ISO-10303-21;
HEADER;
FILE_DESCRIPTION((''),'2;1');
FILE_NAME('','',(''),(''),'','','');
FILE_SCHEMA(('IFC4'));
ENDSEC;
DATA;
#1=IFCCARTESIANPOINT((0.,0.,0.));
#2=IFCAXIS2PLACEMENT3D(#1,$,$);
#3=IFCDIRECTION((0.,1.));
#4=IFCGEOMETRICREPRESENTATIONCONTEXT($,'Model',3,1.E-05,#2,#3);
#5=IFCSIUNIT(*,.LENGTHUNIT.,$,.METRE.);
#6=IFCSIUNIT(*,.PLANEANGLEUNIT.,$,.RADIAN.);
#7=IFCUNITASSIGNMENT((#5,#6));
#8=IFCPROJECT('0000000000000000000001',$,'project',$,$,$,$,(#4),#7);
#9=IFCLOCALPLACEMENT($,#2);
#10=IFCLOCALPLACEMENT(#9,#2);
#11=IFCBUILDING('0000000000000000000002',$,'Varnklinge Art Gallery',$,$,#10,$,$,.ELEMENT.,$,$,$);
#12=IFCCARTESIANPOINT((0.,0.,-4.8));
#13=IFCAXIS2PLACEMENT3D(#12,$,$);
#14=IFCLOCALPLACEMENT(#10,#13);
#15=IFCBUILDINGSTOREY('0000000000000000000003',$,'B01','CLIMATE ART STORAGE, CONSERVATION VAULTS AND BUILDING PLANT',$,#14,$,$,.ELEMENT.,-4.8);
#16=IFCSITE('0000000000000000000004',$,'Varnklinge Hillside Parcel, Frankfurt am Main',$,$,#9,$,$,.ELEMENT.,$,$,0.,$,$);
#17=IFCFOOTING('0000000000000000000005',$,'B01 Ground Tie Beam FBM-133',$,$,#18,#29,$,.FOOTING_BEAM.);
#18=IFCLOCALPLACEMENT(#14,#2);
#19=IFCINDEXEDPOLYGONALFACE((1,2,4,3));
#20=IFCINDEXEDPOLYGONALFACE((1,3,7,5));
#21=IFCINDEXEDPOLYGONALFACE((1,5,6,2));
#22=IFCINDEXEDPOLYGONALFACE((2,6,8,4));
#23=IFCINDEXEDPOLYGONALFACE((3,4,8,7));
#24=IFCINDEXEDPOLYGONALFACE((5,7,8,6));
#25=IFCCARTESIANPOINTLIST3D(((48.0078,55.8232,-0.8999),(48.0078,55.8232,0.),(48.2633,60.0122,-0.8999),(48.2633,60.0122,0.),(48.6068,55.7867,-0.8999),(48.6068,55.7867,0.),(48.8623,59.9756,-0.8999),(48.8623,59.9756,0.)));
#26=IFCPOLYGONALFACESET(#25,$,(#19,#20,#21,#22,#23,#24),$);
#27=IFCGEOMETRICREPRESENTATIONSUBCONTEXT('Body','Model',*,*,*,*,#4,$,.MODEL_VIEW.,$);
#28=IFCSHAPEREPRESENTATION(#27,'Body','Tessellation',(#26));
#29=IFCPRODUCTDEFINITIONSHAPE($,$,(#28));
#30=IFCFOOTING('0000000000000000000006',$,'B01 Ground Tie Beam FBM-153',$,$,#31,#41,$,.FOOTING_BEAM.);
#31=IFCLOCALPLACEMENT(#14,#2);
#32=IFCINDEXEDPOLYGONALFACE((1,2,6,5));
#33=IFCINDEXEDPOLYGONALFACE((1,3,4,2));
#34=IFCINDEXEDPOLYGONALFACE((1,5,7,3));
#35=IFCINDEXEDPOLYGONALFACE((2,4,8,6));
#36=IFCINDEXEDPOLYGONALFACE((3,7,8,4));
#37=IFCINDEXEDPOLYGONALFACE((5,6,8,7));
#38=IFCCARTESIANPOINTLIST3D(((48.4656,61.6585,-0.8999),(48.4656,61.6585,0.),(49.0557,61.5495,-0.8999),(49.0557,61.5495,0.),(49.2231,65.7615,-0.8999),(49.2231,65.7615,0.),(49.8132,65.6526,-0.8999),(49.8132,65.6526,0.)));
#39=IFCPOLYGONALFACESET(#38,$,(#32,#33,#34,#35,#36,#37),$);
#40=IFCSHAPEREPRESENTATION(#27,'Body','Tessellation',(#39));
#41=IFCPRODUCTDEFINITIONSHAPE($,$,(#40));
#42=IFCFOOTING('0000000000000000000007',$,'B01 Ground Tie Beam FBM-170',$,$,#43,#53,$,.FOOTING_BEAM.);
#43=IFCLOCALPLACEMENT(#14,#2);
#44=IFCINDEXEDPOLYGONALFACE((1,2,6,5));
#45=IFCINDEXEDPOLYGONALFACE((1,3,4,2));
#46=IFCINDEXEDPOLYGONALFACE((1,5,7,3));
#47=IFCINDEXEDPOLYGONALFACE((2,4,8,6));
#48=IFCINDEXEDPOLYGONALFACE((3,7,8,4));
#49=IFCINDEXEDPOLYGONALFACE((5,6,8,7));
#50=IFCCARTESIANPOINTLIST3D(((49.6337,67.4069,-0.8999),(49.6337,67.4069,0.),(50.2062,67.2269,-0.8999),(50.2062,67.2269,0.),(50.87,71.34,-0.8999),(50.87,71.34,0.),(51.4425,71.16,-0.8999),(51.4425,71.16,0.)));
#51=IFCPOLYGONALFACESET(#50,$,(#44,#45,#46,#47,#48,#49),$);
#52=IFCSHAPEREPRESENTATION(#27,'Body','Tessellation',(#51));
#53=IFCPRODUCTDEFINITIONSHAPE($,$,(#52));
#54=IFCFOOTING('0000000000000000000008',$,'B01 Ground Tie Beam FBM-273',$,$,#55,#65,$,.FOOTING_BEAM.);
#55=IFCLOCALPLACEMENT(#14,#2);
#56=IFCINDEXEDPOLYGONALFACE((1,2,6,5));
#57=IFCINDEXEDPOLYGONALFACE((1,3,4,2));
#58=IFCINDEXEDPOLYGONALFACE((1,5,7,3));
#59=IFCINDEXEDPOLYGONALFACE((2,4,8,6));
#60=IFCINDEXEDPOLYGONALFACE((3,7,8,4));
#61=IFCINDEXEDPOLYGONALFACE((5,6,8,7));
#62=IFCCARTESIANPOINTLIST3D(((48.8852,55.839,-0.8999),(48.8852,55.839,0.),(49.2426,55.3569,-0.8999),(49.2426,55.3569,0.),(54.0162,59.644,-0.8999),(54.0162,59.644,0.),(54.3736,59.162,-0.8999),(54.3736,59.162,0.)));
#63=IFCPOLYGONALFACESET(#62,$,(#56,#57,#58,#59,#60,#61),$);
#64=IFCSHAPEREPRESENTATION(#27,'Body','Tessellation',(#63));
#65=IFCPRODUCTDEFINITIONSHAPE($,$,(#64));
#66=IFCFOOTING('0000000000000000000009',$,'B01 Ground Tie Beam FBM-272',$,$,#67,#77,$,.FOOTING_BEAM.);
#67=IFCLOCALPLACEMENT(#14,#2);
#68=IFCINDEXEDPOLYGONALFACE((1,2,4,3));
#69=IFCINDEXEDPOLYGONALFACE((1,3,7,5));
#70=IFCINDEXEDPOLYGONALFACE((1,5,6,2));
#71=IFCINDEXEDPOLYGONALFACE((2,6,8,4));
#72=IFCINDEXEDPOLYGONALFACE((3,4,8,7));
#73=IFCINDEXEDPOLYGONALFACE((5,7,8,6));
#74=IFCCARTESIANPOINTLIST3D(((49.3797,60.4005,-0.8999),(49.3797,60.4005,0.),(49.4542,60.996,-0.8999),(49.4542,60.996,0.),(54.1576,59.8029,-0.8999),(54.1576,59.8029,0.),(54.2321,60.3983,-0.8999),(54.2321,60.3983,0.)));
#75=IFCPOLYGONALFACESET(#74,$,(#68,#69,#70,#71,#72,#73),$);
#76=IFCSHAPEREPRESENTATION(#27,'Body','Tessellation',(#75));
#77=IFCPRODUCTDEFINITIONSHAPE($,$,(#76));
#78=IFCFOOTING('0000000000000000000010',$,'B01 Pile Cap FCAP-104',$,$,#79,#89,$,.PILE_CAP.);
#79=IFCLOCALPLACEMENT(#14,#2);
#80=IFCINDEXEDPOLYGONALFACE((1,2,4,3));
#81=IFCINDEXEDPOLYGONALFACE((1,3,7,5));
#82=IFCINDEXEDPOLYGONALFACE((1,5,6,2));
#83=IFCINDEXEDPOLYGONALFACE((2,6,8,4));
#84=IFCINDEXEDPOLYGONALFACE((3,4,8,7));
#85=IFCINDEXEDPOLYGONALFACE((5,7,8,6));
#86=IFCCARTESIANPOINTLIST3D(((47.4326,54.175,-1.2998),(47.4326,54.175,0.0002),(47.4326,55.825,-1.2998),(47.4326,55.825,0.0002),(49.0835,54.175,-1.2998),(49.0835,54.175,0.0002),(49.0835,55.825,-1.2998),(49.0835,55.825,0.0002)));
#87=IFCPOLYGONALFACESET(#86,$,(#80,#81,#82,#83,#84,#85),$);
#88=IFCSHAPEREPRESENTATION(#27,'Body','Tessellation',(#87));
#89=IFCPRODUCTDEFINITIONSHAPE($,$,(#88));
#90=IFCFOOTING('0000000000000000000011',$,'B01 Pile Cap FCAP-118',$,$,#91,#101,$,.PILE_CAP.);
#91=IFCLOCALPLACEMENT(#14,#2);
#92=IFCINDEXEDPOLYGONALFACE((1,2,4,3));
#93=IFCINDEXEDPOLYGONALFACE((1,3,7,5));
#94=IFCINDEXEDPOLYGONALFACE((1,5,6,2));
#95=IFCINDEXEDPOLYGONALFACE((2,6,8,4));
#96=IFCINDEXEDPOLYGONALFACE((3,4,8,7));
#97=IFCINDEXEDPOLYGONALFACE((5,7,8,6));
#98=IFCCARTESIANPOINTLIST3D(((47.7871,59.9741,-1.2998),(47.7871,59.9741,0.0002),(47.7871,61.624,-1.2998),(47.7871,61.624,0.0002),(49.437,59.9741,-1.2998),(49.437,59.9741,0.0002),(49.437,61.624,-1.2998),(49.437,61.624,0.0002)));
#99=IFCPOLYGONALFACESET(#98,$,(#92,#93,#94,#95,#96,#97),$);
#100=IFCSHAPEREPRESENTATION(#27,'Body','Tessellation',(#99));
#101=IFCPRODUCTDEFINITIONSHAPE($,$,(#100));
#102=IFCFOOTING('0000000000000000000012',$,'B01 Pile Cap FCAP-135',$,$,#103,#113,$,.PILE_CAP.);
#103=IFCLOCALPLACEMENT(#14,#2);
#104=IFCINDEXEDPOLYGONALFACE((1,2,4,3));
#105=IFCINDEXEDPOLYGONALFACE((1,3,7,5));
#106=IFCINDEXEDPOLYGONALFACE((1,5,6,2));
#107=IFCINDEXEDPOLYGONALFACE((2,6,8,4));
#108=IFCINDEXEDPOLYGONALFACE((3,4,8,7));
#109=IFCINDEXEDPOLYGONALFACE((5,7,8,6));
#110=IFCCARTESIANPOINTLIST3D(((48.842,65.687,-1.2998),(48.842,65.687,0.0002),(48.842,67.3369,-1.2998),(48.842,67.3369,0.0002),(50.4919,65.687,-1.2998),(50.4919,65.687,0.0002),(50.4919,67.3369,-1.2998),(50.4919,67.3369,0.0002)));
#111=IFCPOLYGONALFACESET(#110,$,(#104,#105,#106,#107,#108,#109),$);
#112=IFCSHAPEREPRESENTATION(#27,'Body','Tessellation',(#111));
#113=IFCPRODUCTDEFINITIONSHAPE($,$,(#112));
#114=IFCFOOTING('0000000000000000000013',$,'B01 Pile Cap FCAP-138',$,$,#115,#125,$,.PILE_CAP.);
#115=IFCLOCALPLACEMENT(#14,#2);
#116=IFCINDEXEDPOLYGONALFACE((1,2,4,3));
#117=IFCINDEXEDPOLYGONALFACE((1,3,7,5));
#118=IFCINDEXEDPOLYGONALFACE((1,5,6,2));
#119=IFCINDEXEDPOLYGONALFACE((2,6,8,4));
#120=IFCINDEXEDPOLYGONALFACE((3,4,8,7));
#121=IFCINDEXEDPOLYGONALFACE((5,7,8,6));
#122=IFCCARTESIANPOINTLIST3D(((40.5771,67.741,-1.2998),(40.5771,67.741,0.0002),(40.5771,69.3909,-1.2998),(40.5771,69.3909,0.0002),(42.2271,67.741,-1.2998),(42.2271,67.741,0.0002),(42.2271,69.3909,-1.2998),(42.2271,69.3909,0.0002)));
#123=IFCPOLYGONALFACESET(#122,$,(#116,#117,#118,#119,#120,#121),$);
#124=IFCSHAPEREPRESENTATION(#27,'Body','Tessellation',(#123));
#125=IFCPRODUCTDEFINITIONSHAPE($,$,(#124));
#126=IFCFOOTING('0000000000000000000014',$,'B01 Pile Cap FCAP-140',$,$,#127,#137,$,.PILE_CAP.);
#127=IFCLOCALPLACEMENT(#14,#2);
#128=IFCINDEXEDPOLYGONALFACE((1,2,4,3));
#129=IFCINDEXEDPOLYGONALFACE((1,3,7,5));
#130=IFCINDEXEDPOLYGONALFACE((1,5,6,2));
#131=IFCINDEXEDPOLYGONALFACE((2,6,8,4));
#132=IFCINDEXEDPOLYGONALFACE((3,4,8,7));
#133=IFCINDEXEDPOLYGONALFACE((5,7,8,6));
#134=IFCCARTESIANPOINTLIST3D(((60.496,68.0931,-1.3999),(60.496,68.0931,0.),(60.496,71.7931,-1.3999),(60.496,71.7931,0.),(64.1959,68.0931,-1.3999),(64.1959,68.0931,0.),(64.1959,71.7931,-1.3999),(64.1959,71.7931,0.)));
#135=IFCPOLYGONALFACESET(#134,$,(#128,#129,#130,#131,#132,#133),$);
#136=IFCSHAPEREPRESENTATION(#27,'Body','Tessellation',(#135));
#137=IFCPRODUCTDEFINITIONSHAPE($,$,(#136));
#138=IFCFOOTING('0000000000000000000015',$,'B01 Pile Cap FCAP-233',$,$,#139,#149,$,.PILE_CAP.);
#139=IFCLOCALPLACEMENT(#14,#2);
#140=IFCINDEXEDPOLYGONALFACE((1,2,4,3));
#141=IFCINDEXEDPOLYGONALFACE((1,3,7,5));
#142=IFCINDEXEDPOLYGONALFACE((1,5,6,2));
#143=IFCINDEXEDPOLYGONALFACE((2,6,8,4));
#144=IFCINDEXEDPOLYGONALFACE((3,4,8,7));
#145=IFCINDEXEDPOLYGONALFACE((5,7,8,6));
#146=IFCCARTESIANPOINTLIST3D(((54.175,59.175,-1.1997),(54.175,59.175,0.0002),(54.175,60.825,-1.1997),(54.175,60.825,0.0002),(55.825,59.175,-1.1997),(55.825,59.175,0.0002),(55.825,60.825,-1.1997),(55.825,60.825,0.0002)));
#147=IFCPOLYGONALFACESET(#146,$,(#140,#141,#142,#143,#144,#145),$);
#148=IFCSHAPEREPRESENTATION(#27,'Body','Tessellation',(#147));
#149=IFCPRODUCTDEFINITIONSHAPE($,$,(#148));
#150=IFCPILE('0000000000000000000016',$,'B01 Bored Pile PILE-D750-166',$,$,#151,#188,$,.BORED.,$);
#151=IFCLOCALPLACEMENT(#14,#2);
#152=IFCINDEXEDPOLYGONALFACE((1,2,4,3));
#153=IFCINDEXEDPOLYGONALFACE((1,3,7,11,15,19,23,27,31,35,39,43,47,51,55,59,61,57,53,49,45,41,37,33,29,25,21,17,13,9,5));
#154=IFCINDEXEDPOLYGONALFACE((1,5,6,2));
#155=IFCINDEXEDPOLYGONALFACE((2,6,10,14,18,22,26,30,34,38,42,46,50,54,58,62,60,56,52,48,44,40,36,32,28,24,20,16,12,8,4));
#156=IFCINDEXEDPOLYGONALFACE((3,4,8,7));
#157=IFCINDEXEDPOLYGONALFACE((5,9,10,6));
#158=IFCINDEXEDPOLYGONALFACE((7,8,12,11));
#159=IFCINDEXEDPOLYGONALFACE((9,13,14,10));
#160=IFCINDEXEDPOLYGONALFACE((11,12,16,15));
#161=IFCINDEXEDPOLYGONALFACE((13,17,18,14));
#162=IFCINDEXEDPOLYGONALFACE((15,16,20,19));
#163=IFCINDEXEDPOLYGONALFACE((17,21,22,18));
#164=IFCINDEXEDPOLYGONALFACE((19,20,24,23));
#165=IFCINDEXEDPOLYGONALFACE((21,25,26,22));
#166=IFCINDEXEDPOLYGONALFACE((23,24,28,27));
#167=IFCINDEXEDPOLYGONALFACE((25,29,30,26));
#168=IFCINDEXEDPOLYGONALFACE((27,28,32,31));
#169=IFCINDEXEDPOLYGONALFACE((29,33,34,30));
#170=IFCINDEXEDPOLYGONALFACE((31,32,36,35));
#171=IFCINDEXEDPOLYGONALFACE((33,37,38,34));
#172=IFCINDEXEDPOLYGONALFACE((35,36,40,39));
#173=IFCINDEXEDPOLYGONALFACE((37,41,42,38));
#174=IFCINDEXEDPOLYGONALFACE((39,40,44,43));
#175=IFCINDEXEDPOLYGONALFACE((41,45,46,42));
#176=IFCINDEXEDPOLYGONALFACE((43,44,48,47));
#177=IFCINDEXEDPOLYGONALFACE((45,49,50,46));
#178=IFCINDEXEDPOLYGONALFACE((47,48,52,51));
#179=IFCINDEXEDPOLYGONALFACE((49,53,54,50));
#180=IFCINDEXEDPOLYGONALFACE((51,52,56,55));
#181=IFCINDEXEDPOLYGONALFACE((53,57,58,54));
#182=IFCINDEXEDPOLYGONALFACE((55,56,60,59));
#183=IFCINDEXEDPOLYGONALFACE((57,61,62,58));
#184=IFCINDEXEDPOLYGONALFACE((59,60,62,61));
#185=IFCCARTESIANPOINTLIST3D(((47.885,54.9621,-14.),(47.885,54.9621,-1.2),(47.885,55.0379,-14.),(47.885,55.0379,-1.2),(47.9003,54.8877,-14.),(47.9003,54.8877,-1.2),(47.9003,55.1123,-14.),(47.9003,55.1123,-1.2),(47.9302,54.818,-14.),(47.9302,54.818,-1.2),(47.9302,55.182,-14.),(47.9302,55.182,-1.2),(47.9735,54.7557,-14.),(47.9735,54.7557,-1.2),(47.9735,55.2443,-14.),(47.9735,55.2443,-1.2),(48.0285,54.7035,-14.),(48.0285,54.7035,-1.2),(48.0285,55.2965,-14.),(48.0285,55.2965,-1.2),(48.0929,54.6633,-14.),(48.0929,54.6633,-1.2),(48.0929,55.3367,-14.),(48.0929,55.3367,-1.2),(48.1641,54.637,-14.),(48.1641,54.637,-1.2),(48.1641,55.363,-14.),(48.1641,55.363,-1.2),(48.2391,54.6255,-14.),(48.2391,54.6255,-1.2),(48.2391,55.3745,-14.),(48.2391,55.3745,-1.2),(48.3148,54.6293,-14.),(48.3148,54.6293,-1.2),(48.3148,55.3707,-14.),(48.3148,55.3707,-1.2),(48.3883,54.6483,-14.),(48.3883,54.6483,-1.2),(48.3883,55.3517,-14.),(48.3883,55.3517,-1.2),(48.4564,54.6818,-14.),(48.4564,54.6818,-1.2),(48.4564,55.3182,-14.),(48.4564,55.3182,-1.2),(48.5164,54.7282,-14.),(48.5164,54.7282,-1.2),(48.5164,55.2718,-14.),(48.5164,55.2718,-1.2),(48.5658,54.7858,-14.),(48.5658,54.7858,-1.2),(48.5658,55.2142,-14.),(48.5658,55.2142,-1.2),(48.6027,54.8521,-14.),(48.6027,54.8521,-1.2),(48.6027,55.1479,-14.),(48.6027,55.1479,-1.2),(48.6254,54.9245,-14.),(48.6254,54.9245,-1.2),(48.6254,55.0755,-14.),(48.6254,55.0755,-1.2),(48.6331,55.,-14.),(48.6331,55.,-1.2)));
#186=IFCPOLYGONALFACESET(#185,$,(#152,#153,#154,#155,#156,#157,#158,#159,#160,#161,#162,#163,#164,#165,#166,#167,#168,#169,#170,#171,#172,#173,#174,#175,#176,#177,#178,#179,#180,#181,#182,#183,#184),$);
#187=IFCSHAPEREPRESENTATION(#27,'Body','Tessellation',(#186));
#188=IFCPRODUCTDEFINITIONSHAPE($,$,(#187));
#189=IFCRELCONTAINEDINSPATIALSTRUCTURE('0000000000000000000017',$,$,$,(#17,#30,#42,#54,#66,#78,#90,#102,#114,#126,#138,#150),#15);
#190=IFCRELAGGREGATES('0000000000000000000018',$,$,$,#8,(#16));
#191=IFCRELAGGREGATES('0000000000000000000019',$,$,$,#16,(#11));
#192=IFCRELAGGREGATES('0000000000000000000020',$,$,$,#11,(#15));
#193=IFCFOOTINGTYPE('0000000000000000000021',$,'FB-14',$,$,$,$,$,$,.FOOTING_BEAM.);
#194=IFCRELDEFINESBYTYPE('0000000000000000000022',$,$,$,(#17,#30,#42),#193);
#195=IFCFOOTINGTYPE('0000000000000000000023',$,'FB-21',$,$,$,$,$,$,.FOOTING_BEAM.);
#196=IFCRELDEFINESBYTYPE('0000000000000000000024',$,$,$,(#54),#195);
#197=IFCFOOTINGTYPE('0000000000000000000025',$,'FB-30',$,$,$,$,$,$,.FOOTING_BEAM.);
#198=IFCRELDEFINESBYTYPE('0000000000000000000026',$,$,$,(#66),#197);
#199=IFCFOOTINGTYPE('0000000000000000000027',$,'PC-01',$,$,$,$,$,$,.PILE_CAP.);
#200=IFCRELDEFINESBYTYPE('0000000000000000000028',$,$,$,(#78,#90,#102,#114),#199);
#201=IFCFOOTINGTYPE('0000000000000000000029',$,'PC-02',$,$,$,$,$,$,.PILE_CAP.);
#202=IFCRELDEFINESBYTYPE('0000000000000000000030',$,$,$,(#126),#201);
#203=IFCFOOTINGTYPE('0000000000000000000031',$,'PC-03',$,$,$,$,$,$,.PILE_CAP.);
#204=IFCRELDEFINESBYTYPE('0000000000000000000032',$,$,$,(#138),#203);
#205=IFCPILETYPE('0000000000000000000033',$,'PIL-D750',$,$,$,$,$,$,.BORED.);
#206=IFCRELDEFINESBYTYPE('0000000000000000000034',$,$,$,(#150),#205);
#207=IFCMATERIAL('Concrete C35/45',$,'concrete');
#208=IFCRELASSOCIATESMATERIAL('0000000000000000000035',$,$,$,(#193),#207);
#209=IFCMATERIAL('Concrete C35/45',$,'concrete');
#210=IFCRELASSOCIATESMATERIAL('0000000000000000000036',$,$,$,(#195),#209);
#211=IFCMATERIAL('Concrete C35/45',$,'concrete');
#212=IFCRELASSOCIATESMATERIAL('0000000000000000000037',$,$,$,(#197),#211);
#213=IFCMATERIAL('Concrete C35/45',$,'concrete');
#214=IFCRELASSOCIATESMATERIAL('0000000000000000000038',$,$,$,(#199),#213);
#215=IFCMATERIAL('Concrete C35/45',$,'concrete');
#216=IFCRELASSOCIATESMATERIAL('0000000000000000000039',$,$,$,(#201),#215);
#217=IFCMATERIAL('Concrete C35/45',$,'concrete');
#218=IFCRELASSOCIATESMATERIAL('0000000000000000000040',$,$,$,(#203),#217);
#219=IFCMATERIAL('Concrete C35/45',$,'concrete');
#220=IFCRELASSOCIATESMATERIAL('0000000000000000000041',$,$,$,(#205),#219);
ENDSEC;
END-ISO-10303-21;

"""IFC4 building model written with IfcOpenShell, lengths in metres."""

from ifc_helpers import new_model, si_unit, direction, frame, origin, origin_2d, place, context, subcontext, project, spatial, rectangle, circle, extrude, material, material_profile, profile_set, type_object, element, save


model = new_model("IFC4")

# Units and contexts
model_context = context("Model", 3, precision=1e-05, world=origin(), true_north=direction((0.0, 1.0)))
body_context = subcontext(model_context, "Body", "Model", "MODEL_VIEW")
ifc_project = project(units=[si_unit("LENGTHUNIT", "METRE"), si_unit("PLANEANGLEUNIT", "RADIAN")], contexts=[model_context])

# Site, building, storey
site_placement = place(None, origin())
site = spatial("IfcSite", under=ifc_project, at=site_placement, Name="Varnklinge Hillside Parcel, Frankfurt am Main", CompositionType="ELEMENT", RefElevation=0.0)
building_placement = place(site_placement, origin())
building = spatial("IfcBuilding", under=site, at=building_placement, Name="Varnklinge Art Gallery", CompositionType="ELEMENT")
storey_placement = place(building_placement, frame((0.0, 0.0, -4.8)))
storey = spatial("IfcBuildingStorey", under=building, at=storey_placement, Name="B01", Description="CLIMATE ART STORAGE, CONSERVATION VAULTS AND BUILDING PLANT", CompositionType="ELEMENT", Elevation=-4.8)

# Footings
ifc_material_1 = material(Name="Concrete C35/45", Category="concrete")
footing_type_1 = type_object("IfcFootingType", Name="FB-14", PredefinedType="FOOTING_BEAM", material=ifc_material_1)
footing_1_placement = place(storey_placement, frame((48.4351, 57.8994, -0.8999), z_axis=(0.0, 0.0, 1.0), x_axis=(0.060874, 0.998145, 0.0)))
element("IfcFooting", 1, at=footing_1_placement, inside=storey, type_object=footing_type_1, Name="B01 Ground Tie Beam FBM-133", PredefinedType="FOOTING_BEAM", context=body_context, shape_type="SweptSolid", body=[
    extrude(rectangle(XDim=4.1968, YDim=0.6001, at=origin_2d()), origin(), (0.0, 0.0, 1.0), 0.8999),
])
footing_2_placement = place(storey_placement, frame((49.1394, 63.6555, -0.8999), z_axis=(0.0, 0.0, 1.0), x_axis=(0.181549, 0.983382, 0.0)))
element("IfcFooting", 2, at=footing_2_placement, inside=storey, type_object=footing_type_1, Name="B01 Ground Tie Beam FBM-153", PredefinedType="FOOTING_BEAM", context=body_context, shape_type="SweptSolid", body=[
    extrude(rectangle(XDim=4.1724, YDim=0.6001, at=origin_2d()), origin(), (0.0, 0.0, 1.0), 0.8999),
])
footing_3_placement = place(storey_placement, frame((50.5381, 69.2834, -0.8999), z_axis=(0.0, 0.0, 1.0), x_axis=(0.299873, 0.953979, 0.0)))
element("IfcFooting", 3, at=footing_3_placement, inside=storey, type_object=footing_type_1, Name="B01 Ground Tie Beam FBM-170", PredefinedType="FOOTING_BEAM", context=body_context, shape_type="SweptSolid", body=[
    extrude(rectangle(XDim=4.1228, YDim=0.6001, at=origin_2d()), origin(), (0.0, 0.0, 1.0), 0.8999),
])
ifc_material_2 = material(Name="Concrete C35/45", Category="concrete")
footing_type_2 = type_object("IfcFootingType", Name="FB-21", PredefinedType="FOOTING_BEAM", material=ifc_material_2)
footing_4_placement = place(storey_placement, frame((51.6294, 57.5005, -0.8999), z_axis=(0.0, 0.0, 1.0), x_axis=(-0.803234, -0.595664, 0.0)))
element("IfcFooting", 4, at=footing_4_placement, inside=storey, type_object=footing_type_2, Name="B01 Ground Tie Beam FBM-273", PredefinedType="FOOTING_BEAM", context=body_context, shape_type="SweptSolid", body=[
    extrude(rectangle(XDim=6.3879, YDim=0.6001, at=origin_2d()), origin(), (0.0, 0.0, 1.0), 0.8999),
])
ifc_material_3 = material(Name="Concrete C35/45", Category="concrete")
footing_type_3 = type_object("IfcFootingType", Name="FB-30", PredefinedType="FOOTING_BEAM", material=ifc_material_3)
footing_5_placement = place(storey_placement, frame((51.8059, 60.3994, -0.8999), z_axis=(0.0, 0.0, 1.0), x_axis=(-0.992267, 0.124121, 0.0)))
element("IfcFooting", 5, at=footing_5_placement, inside=storey, type_object=footing_type_3, Name="B01 Ground Tie Beam FBM-272", PredefinedType="FOOTING_BEAM", context=body_context, shape_type="SweptSolid", body=[
    extrude(rectangle(XDim=4.8152, YDim=0.6001, at=origin_2d()), origin(), (0.0, 0.0, 1.0), 0.8999),
])
ifc_material_4 = material(Name="Concrete C35/45", Category="concrete")
footing_type_4 = type_object("IfcFootingType", Name="PC-01", PredefinedType="PILE_CAP", material=ifc_material_4)
footing_6_placement = place(storey_placement, frame((48.2581, 55.0, -1.2998), z_axis=(0.0, 0.0, 1.0), x_axis=(1.0, 0.0, 0.0)))
element("IfcFooting", 6, at=footing_6_placement, inside=storey, type_object=footing_type_4, Name="B01 Pile Cap FCAP-104", PredefinedType="PILE_CAP", context=body_context, shape_type="SweptSolid", body=[
    extrude(rectangle(XDim=1.6509, YDim=1.6499, at=origin_2d()), origin(), (0.0, 0.0, 1.0), 1.3),
])
for number, where, z_axis, x_axis, name in (
    (7, (48.6121, 60.7991, -1.2998), (0.0, 0.0, 1.0), (1.0, 0.0, 0.0), "B01 Pile Cap FCAP-118"),
    (8, (49.667, 66.512, -1.2998), (0.0, 0.0, 1.0), (1.0, 0.0, 0.0), "B01 Pile Cap FCAP-135"),
    (9, (41.4021, 68.5659, -1.2998), (0.0, 0.0, 1.0), (1.0, 0.0, 0.0), "B01 Pile Cap FCAP-138"),
):
    element("IfcFooting", number, at=place(storey_placement, frame(where, z_axis=z_axis, x_axis=x_axis)), inside=storey, type_object=footing_type_4, Name=name, PredefinedType="PILE_CAP", context=body_context, shape_type="SweptSolid", body=[
        extrude(rectangle(XDim=1.6499, YDim=1.6499, at=origin_2d()), origin(), (0.0, 0.0, 1.0), 1.3),
    ])
ifc_material_5 = material(Name="Concrete C35/45", Category="concrete")
footing_type_5 = type_object("IfcFootingType", Name="PC-02", PredefinedType="PILE_CAP", material=ifc_material_5)
footing_7_placement = place(storey_placement, frame((62.3459, 69.9431, -1.3999), z_axis=(0.0, 0.0, 1.0), x_axis=(1.0, 0.0, 0.0)))
element("IfcFooting", 10, at=footing_7_placement, inside=storey, type_object=footing_type_5, Name="B01 Pile Cap FCAP-140", PredefinedType="PILE_CAP", context=body_context, shape_type="SweptSolid", body=[
    extrude(rectangle(XDim=3.7, YDim=3.7, at=origin_2d()), origin(), (0.0, 0.0, 1.0), 1.3999),
])
ifc_material_6 = material(Name="Concrete C35/45", Category="concrete")
footing_type_6 = type_object("IfcFootingType", Name="PC-03", PredefinedType="PILE_CAP", material=ifc_material_6)
footing_8_placement = place(storey_placement, frame((55.0, 60.0, -1.1997), z_axis=(0.0, 0.0, 1.0), x_axis=(1.0, 0.0, 0.0)))
element("IfcFooting", 11, at=footing_8_placement, inside=storey, type_object=footing_type_6, Name="B01 Pile Cap FCAP-233", PredefinedType="PILE_CAP", context=body_context, shape_type="SweptSolid", body=[
    extrude(rectangle(XDim=1.6499, YDim=1.6499, at=origin_2d()), origin(), (0.0, 0.0, 1.0), 1.2),
])

# Pile
ifc_material_7 = material(Name="Concrete C35/45", Category="concrete")
ifc_material_profile_1 = material_profile(ifc_material_7, circle(Radius=0.375, at=origin_2d()), Name="PILE D750")
ifc_profile_set_1 = profile_set([ifc_material_profile_1], Name="Concrete C35/45")
pile_type_1 = type_object("IfcPileType", Name="PIL-D750", PredefinedType="BORED", material=ifc_profile_set_1)
for number, where, z_axis, x_axis, name in (
    (12, (48.2581, 55.0, -1.2), (0.0, 0.0, -1.0), (1.0, 0.0, 0.0), "B01 Bored Pile PILE-D750-166"),
):
    element("IfcPile", number, at=place(storey_placement, frame(where, z_axis=z_axis, x_axis=x_axis)), inside=storey, type_object=pile_type_1, Name=name, PredefinedType="BORED", context=body_context, shape_type="SweptSolid", body=[
        extrude(circle(Radius=0.375, at=origin_2d()), origin(), (0.0, 0.0, 1.0), 12.8),
    ])

save(model, "model.ifc")
